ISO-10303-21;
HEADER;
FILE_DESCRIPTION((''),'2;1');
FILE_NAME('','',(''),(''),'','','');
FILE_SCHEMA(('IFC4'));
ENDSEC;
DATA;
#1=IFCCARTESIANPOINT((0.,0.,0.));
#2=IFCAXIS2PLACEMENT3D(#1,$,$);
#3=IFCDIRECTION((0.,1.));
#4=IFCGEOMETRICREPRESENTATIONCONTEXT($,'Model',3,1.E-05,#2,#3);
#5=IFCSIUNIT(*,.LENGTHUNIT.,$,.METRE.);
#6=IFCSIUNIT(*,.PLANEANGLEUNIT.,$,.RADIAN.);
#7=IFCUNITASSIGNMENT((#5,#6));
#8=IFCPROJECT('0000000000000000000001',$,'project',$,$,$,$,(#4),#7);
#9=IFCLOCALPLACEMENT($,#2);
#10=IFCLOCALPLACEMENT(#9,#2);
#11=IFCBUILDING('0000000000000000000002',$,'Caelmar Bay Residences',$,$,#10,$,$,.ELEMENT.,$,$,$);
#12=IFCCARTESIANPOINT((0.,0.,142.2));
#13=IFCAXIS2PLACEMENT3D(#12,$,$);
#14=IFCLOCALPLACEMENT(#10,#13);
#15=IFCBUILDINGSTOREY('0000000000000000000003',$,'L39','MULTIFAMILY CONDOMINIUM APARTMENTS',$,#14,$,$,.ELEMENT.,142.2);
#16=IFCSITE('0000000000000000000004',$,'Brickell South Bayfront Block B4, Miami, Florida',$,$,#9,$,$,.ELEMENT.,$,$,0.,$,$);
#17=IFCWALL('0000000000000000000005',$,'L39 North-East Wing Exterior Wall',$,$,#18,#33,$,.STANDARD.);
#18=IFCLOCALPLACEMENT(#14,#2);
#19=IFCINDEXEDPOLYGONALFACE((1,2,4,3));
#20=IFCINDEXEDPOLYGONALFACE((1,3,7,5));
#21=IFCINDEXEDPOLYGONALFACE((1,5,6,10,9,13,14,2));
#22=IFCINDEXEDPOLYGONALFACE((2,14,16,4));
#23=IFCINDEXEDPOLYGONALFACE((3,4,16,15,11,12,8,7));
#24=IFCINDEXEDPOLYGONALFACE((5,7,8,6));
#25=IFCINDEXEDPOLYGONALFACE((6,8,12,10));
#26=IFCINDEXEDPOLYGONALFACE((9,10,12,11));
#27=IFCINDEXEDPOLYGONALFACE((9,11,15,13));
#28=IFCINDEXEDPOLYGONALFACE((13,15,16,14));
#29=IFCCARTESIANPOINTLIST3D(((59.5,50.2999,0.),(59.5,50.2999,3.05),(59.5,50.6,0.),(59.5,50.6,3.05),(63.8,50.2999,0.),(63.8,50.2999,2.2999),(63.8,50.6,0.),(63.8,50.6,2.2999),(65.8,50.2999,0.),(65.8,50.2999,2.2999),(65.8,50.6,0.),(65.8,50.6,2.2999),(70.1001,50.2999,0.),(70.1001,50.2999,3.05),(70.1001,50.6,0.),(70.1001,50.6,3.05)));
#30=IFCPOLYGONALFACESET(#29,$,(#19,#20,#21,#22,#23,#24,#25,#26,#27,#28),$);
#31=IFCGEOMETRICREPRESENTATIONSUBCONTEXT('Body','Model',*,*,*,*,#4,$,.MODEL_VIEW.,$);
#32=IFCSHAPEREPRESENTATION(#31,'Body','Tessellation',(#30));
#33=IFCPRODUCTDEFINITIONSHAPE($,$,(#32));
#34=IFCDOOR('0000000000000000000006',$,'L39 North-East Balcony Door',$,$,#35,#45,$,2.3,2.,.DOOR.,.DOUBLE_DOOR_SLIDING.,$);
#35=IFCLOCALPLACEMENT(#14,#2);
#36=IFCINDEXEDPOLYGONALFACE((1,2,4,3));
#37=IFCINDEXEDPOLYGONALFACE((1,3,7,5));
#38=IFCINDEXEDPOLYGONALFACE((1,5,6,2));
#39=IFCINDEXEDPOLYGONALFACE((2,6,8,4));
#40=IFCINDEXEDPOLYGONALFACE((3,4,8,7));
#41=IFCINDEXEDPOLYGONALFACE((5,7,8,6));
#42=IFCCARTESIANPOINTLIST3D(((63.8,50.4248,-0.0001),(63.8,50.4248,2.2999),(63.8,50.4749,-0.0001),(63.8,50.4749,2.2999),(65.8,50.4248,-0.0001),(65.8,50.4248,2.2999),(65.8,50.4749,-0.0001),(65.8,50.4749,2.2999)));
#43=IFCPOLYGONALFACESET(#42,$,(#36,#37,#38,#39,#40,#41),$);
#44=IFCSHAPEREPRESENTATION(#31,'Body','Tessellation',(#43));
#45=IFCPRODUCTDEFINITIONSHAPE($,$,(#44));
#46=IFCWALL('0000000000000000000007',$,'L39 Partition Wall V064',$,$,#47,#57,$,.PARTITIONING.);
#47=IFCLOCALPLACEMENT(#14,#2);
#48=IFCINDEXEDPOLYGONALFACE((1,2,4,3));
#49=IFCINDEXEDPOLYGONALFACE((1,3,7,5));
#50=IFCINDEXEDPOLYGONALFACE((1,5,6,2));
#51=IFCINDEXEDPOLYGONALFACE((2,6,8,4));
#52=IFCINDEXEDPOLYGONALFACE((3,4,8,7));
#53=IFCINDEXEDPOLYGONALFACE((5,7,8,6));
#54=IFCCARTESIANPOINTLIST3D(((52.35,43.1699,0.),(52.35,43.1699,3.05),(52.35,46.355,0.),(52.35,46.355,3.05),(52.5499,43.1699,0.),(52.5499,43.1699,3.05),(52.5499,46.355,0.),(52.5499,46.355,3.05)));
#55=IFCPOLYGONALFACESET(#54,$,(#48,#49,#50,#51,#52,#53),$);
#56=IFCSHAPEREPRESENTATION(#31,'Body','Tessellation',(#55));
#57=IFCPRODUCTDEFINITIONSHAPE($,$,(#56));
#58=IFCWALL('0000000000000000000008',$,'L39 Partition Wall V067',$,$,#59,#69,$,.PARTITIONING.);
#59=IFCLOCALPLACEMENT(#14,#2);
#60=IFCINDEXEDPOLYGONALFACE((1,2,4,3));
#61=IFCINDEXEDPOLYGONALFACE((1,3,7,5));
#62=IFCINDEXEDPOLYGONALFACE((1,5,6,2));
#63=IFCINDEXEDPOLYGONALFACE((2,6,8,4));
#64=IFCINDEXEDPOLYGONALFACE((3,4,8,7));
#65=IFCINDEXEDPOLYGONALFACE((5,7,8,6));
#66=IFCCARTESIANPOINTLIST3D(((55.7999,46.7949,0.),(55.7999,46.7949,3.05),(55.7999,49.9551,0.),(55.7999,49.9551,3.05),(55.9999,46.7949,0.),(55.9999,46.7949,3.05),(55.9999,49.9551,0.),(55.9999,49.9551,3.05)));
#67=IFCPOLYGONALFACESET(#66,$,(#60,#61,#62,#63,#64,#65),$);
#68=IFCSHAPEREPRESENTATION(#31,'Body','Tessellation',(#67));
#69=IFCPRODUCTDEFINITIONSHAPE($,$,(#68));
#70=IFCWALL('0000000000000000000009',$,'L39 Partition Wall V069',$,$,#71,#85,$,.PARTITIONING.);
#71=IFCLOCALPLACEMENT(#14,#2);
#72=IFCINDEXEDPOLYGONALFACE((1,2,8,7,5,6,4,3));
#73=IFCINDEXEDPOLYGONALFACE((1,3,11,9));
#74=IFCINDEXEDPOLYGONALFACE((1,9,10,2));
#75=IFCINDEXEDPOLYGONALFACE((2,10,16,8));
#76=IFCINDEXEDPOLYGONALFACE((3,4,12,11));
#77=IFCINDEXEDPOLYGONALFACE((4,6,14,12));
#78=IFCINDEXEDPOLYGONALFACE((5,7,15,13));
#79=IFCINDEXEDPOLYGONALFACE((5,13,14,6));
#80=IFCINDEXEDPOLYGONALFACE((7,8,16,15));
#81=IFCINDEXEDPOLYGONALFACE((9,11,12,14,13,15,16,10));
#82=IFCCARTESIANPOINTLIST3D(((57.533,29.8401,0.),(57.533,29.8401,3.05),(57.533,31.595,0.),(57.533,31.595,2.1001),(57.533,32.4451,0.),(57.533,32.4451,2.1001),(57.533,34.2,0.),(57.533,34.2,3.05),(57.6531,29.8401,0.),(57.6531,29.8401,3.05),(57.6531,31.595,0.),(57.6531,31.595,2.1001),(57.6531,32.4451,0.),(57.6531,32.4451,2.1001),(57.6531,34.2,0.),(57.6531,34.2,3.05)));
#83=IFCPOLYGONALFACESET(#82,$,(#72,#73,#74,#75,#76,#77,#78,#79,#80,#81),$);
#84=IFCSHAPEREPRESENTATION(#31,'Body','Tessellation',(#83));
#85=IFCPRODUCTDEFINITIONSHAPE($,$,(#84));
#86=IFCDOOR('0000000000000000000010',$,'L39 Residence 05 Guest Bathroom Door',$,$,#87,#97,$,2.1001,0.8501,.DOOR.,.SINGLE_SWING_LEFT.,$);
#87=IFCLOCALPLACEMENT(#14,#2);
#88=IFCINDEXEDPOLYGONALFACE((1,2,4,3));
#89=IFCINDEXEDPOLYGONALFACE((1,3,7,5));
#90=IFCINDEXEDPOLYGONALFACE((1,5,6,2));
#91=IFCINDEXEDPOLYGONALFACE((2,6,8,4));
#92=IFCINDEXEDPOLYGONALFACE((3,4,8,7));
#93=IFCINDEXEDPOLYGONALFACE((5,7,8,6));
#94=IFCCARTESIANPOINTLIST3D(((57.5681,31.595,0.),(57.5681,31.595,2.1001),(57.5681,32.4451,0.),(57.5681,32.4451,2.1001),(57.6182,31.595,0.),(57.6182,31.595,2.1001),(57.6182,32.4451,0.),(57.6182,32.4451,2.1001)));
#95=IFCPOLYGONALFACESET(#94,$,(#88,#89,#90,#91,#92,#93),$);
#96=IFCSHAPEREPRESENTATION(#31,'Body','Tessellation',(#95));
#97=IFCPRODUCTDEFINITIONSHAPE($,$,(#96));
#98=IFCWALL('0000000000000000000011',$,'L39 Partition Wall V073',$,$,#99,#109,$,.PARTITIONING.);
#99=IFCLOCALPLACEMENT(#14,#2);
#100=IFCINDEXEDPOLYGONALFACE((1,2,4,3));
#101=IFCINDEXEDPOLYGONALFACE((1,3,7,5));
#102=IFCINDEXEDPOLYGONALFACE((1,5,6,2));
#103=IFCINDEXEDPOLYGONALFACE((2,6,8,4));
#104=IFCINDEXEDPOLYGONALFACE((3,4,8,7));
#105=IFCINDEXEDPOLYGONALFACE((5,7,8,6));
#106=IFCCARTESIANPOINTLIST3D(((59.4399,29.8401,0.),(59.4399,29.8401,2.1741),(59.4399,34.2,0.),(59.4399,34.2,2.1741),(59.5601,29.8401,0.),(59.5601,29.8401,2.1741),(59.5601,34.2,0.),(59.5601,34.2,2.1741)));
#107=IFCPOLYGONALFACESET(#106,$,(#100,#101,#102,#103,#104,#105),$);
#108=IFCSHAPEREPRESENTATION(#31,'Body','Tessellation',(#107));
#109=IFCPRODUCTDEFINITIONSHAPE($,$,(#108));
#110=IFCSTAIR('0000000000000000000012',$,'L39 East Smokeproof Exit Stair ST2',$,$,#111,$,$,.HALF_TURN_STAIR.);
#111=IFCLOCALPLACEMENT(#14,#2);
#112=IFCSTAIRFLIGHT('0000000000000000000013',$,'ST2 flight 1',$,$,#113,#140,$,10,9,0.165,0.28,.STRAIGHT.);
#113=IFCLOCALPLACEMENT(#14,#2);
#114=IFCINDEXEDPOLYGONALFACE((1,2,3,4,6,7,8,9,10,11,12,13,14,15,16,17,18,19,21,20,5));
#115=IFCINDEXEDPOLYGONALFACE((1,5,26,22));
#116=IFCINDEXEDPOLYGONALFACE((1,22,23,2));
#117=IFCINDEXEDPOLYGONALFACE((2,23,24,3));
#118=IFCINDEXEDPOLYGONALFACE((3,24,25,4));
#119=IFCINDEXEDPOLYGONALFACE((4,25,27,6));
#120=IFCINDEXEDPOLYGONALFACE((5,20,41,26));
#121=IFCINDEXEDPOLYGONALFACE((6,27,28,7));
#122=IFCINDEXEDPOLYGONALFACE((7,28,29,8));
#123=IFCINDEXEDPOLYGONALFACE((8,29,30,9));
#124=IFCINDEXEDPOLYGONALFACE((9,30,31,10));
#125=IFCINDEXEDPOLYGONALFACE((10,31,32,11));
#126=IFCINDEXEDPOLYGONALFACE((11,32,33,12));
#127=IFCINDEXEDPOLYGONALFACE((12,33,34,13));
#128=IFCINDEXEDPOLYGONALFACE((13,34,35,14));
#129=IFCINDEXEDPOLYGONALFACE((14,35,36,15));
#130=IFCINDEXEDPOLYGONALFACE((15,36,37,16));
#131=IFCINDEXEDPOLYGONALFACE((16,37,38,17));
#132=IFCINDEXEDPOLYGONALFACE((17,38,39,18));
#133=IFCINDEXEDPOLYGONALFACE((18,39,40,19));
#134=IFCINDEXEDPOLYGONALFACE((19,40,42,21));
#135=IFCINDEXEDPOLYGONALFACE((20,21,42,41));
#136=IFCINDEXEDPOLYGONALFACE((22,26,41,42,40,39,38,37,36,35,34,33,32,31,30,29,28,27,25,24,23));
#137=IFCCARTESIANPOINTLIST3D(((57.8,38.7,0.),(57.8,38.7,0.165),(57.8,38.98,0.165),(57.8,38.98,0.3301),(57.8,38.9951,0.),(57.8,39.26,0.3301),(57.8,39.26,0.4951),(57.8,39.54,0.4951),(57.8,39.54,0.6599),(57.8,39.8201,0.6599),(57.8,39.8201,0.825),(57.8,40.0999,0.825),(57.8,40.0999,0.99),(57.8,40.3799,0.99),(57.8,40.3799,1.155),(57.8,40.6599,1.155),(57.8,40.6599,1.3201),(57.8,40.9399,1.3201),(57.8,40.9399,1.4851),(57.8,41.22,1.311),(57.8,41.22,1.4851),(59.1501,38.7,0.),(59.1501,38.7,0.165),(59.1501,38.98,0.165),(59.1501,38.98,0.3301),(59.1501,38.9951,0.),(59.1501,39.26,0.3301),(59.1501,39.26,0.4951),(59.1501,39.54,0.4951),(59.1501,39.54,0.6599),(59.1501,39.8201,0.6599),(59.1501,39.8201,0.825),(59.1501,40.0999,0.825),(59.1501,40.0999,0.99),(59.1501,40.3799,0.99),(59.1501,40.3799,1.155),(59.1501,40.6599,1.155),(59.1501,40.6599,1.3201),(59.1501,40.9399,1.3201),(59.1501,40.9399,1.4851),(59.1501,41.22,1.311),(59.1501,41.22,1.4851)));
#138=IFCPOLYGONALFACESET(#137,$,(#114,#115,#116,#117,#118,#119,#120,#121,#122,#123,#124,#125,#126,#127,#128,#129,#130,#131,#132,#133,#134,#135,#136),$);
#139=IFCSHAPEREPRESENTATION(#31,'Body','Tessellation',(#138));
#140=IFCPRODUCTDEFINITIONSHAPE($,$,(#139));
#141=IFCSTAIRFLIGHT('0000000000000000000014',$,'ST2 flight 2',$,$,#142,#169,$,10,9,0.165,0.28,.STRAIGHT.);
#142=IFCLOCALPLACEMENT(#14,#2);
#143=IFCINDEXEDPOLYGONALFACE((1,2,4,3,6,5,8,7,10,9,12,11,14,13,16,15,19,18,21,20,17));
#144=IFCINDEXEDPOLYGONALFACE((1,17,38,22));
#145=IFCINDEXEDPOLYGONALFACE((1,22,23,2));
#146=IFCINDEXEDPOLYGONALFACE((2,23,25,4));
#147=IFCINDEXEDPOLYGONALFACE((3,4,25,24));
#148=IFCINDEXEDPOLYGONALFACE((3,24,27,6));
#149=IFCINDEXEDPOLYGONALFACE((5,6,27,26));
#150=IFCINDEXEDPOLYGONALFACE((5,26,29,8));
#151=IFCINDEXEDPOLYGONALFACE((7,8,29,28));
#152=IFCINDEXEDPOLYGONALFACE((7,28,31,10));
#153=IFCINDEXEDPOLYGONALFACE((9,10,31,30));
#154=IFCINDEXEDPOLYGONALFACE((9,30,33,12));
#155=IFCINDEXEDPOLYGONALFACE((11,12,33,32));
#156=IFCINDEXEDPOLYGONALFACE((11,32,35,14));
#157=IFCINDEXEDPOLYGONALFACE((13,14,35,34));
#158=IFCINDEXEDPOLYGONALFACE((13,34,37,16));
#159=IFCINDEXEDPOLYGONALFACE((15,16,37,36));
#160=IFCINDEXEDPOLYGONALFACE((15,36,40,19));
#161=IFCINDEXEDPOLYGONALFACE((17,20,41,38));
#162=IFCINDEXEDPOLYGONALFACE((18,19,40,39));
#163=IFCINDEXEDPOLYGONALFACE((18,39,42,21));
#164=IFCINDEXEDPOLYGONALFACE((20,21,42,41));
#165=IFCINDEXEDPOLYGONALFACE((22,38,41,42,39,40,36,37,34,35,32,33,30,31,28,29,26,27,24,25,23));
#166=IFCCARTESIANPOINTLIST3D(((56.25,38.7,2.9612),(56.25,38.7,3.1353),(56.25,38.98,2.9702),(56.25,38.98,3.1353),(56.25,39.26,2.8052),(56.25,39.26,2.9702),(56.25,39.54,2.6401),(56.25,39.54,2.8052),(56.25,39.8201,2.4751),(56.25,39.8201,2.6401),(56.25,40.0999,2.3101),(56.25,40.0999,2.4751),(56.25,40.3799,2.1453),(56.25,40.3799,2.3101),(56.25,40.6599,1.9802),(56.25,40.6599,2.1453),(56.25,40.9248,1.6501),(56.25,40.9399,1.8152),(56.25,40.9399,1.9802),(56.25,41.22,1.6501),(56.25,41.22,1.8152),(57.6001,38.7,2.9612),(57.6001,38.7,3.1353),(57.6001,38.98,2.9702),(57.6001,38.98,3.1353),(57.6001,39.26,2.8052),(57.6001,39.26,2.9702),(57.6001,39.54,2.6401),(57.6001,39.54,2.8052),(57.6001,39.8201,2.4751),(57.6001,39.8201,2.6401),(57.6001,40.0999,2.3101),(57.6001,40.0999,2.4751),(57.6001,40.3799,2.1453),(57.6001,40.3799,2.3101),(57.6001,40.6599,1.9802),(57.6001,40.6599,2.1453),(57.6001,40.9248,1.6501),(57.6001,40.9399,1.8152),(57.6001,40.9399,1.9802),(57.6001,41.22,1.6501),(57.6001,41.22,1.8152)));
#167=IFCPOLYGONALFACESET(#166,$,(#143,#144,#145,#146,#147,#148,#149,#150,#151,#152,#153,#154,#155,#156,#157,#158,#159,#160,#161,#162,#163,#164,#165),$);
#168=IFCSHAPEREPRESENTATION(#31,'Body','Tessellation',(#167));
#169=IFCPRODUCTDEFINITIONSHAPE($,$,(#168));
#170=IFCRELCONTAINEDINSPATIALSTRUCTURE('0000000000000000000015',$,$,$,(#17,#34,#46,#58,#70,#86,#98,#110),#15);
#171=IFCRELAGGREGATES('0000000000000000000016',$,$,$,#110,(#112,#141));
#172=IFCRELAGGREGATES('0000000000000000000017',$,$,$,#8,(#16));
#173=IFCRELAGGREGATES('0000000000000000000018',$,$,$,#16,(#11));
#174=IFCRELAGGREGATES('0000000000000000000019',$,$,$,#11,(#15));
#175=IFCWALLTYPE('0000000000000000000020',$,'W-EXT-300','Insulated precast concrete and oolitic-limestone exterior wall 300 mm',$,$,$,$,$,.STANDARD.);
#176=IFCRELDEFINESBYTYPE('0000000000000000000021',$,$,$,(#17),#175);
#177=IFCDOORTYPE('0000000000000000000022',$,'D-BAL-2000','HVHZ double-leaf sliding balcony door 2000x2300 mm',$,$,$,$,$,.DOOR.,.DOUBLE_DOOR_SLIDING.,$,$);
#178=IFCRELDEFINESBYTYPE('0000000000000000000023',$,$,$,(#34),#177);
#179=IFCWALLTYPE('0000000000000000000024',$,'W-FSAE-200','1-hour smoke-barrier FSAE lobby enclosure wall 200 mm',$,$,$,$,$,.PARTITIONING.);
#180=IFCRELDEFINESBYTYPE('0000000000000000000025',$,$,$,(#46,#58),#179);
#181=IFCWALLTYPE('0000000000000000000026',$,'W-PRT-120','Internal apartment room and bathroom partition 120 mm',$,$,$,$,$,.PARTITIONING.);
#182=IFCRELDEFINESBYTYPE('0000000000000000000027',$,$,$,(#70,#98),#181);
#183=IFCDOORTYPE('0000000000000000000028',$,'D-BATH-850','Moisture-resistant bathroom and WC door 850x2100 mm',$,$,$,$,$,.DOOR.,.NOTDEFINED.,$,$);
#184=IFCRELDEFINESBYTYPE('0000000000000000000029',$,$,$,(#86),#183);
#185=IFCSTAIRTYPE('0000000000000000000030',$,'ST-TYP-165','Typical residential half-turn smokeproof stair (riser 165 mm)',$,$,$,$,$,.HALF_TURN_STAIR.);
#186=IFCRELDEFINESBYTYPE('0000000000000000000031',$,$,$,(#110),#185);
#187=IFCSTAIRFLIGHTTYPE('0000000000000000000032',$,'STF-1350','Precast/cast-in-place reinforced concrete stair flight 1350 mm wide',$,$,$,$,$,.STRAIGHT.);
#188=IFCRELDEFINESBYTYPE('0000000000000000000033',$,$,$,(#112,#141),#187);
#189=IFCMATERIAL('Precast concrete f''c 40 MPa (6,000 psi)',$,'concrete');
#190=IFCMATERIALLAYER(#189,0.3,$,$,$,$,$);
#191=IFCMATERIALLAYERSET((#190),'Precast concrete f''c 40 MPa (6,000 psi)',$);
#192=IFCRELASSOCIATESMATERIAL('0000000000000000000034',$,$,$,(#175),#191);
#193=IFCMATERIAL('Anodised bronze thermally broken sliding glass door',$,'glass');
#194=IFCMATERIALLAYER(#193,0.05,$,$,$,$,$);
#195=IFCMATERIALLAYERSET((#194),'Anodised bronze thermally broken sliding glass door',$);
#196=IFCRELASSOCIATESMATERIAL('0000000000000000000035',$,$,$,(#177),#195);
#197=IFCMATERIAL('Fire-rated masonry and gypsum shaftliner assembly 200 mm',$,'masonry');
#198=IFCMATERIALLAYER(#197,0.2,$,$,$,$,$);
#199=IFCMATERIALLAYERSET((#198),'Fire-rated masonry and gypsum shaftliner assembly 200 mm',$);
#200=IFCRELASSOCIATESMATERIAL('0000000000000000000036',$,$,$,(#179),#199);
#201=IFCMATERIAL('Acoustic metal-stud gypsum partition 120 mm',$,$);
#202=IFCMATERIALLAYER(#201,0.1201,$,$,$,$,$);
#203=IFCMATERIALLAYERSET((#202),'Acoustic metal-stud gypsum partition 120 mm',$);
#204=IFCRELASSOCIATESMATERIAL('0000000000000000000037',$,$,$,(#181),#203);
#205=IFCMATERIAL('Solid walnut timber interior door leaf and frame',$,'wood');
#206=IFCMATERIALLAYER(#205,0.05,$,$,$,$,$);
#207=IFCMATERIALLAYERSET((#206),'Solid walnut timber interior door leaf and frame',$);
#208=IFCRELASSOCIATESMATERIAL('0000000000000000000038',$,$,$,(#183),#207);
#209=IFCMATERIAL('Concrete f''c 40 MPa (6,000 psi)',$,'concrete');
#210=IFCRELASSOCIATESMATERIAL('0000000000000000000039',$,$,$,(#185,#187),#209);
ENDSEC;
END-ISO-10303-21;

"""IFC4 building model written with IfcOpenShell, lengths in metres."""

from ifc_helpers import new_model, si_unit, direction, frame, frame_2d, origin, place, context, subcontext, project, spatial, polyline, rectangle, outline, extrude, material, layer, layer_set, type_object, element, fill, aggregate, save


model = new_model("IFC4")

# Units and contexts
model_context = context("Model", 3, precision=1e-05, world=origin(), true_north=direction((0.0, 1.0)))
body_context = subcontext(model_context, "Body", "Model", "MODEL_VIEW")
ifc_project = project(units=[si_unit("LENGTHUNIT", "METRE"), si_unit("PLANEANGLEUNIT", "RADIAN")], contexts=[model_context])

# Site, building, storey
site_placement = place(None, origin())
site = spatial("IfcSite", under=ifc_project, at=site_placement, Name="Brickell South Bayfront Block B4, Miami, Florida", CompositionType="ELEMENT", RefElevation=0.0)
building_placement = place(site_placement, origin())
building = spatial("IfcBuilding", under=site, at=building_placement, Name="Caelmar Bay Residences", CompositionType="ELEMENT")
storey_placement = place(building_placement, frame((0.0, 0.0, 142.2)))
storey = spatial("IfcBuildingStorey", under=building, at=storey_placement, Name="L39", Description="MULTIFAMILY CONDOMINIUM APARTMENTS", CompositionType="ELEMENT", Elevation=142.2)

# Wall, opening, door
ifc_material_1 = material(Name="Precast concrete f'c 40 MPa (6,000 psi)", Category="concrete")
ifc_layer_1 = layer(ifc_material_1, 0.3)
ifc_layer_set_1 = layer_set([ifc_layer_1], Name="Precast concrete f'c 40 MPa (6,000 psi)")
wall_type_1 = type_object("IfcWallType", Name="W-EXT-300", Description="Insulated precast concrete and oolitic-limestone exterior wall 300 mm", PredefinedType="STANDARD", material=ifc_layer_set_1)
wall_1_placement = place(storey_placement, frame((59.5, 50.45, 0.0), z_axis=(0.0, 0.0, 1.0), x_axis=(1.0, 0.0, 0.0)))
wall_1 = element("IfcWall", 1, at=wall_1_placement, inside=storey, type_object=wall_type_1, Name="L39 North-East Wing Exterior Wall", PredefinedType="STANDARD", context=body_context, shape_type="SweptSolid", body=[
    extrude(rectangle(XDim=10.6001, YDim=0.3, at=frame_2d((5.3, 0.0))), origin(), (0.0, 0.0, 1.0), 3.05),
])
opening_1_placement = place(wall_1_placement, frame((4.3, 0.0, 0.0)))
opening_1 = element("IfcOpeningElement", 2, at=opening_1_placement, cuts=wall_1, PredefinedType="OPENING", context=body_context, shape_type="SweptSolid", body=[
    extrude(rectangle(XDim=2.0, YDim=2.3, at=frame_2d((1.0, 1.1499))), frame((0.0, 0.1599, 0.0), z_axis=(0.0, -1.0, 0.0), x_axis=(1.0, 0.0, 0.0)), (0.0, 0.0, 1.0), 0.3201),
])
ifc_material_2 = material(Name="Anodised bronze thermally broken sliding glass door", Category="glass")
ifc_layer_2 = layer(ifc_material_2, 0.05)
ifc_layer_set_2 = layer_set([ifc_layer_2], Name="Anodised bronze thermally broken sliding glass door")
door_type_1 = type_object("IfcDoorType", Name="D-BAL-2000", Description="HVHZ double-leaf sliding balcony door 2000x2300 mm", OperationType="DOUBLE_DOOR_SLIDING", PredefinedType="DOOR", material=ifc_layer_set_2)
door_1_placement = place(opening_1_placement, origin())
door_1 = element("IfcDoor", 3, at=door_1_placement, inside=storey, type_object=door_type_1, Name="L39 North-East Balcony Door", OperationType="DOUBLE_DOOR_SLIDING", OverallHeight=2.3, OverallWidth=2.0, PredefinedType="DOOR", context=body_context, shape_type="SweptSolid", body=[
    extrude(rectangle(XDim=2.0, YDim=2.3, at=frame_2d((1.0, 1.1499))), frame((0.0, 0.0249, 0.0), z_axis=(0.0, -1.0, 0.0), x_axis=(1.0, 0.0, 0.0)), (0.0, 0.0, 1.0), 0.05),
])
fill(opening_1, door_1)

# Walls
ifc_material_3 = material(Name="Fire-rated masonry and gypsum shaftliner assembly 200 mm", Category="masonry")
ifc_layer_3 = layer(ifc_material_3, 0.2)
ifc_layer_set_3 = layer_set([ifc_layer_3], Name="Fire-rated masonry and gypsum shaftliner assembly 200 mm")
wall_type_2 = type_object("IfcWallType", Name="W-FSAE-200", Description="1-hour smoke-barrier FSAE lobby enclosure wall 200 mm", PredefinedType="PARTITIONING", material=ifc_layer_set_3)
wall_2_placement = place(storey_placement, frame((52.45, 43.1699, 0.0), z_axis=(0.0, 0.0, 1.0), x_axis=(0.0, 1.0, 0.0)))
element("IfcWall", 4, at=wall_2_placement, inside=storey, type_object=wall_type_2, Name="L39 Partition Wall V064", PredefinedType="PARTITIONING", context=body_context, shape_type="SweptSolid", body=[
    extrude(rectangle(XDim=3.1851, YDim=0.2, at=frame_2d((1.5925, 0.0))), origin(), (0.0, 0.0, 1.0), 3.05),
])
wall_3_placement = place(storey_placement, frame((55.8999, 46.7949, 0.0), z_axis=(0.0, 0.0, 1.0), x_axis=(0.0, 1.0, 0.0)))
element("IfcWall", 5, at=wall_3_placement, inside=storey, type_object=wall_type_2, Name="L39 Partition Wall V067", PredefinedType="PARTITIONING", context=body_context, shape_type="SweptSolid", body=[
    extrude(rectangle(XDim=3.1602, YDim=0.2, at=frame_2d((1.5801, 0.0))), origin(), (0.0, 0.0, 1.0), 3.05),
])

# Wall, opening, door
ifc_material_4 = material(Name="Acoustic metal-stud gypsum partition 120 mm")
ifc_layer_4 = layer(ifc_material_4, 0.1201)
ifc_layer_set_4 = layer_set([ifc_layer_4], Name="Acoustic metal-stud gypsum partition 120 mm")
wall_type_3 = type_object("IfcWallType", Name="W-PRT-120", Description="Internal apartment room and bathroom partition 120 mm", PredefinedType="PARTITIONING", material=ifc_layer_set_4)
wall_4_placement = place(storey_placement, frame((57.593, 29.8401, 0.0), z_axis=(0.0, 0.0, 1.0), x_axis=(0.0, 1.0, 0.0)))
wall_4 = element("IfcWall", 6, at=wall_4_placement, inside=storey, type_object=wall_type_3, Name="L39 Partition Wall V069", PredefinedType="PARTITIONING", context=body_context, shape_type="SweptSolid", body=[
    extrude(rectangle(XDim=4.3599, YDim=0.1201, at=frame_2d((2.1799, 0.0))), origin(), (0.0, 0.0, 1.0), 3.05),
])
opening_2_placement = place(wall_4_placement, frame((1.7549, 0.0, 0.0)))
opening_2 = element("IfcOpeningElement", 7, at=opening_2_placement, cuts=wall_4, PredefinedType="OPENING", context=body_context, shape_type="SweptSolid", body=[
    extrude(rectangle(XDim=0.8501, YDim=2.1001, at=frame_2d((0.425, 1.05))), frame((0.0, 0.0701, 0.0), z_axis=(0.0, -1.0, 0.0), x_axis=(1.0, 0.0, 0.0)), (0.0, 0.0, 1.0), 0.1401),
])
ifc_material_5 = material(Name="Solid walnut timber interior door leaf and frame", Category="wood")
ifc_layer_5 = layer(ifc_material_5, 0.05)
ifc_layer_set_5 = layer_set([ifc_layer_5], Name="Solid walnut timber interior door leaf and frame")
door_type_2 = type_object("IfcDoorType", Name="D-BATH-850", Description="Moisture-resistant bathroom and WC door 850x2100 mm", OperationType="NOTDEFINED", PredefinedType="DOOR", material=ifc_layer_set_5)
door_2_placement = place(opening_2_placement, origin())
door_2 = element("IfcDoor", 8, at=door_2_placement, inside=storey, type_object=door_type_2, Name="L39 Residence 05 Guest Bathroom Door", OperationType="SINGLE_SWING_LEFT", OverallHeight=2.1001, OverallWidth=0.8501, PredefinedType="DOOR", context=body_context, shape_type="SweptSolid", body=[
    extrude(rectangle(XDim=0.8501, YDim=2.1001, at=frame_2d((0.425, 1.05))), frame((0.0, 0.0249, 0.0), z_axis=(0.0, -1.0, 0.0), x_axis=(1.0, 0.0, 0.0)), (0.0, 0.0, 1.0), 0.05),
])
fill(opening_2, door_2)

# Wall
wall_5_placement = place(storey_placement, frame((59.5, 29.8401, 0.0), z_axis=(0.0, 0.0, 1.0), x_axis=(0.0, 1.0, 0.0)))
element("IfcWall", 9, at=wall_5_placement, inside=storey, type_object=wall_type_3, Name="L39 Partition Wall V073", PredefinedType="PARTITIONING", context=body_context, shape_type="SweptSolid", body=[
    extrude(rectangle(XDim=4.3599, YDim=0.1201, at=frame_2d((2.1799, 0.0))), origin(), (0.0, 0.0, 1.0), 2.1741),
])

# Stair, stair flights
ifc_material_6 = material(Name="Concrete f'c 40 MPa (6,000 psi)", Category="concrete")
stair_type = type_object("IfcStairType", Name="ST-TYP-165", Description="Typical residential half-turn smokeproof stair (riser 165 mm)", PredefinedType="HALF_TURN_STAIR", material=ifc_material_6)
stair_placement = place(storey_placement, origin())
stair = element("IfcStair", 10, at=stair_placement, inside=storey, type_object=stair_type, Name="L39 East Smokeproof Exit Stair ST2", PredefinedType="HALF_TURN_STAIR")
stair_flight_type = type_object("IfcStairFlightType", Name="STF-1350", Description="Precast/cast-in-place reinforced concrete stair flight 1350 mm wide", PredefinedType="STRAIGHT", material=ifc_material_6)
stair_flight_1_placement = place(storey_placement, frame((58.4751, 38.7, 0.0), z_axis=(0.0, 0.0, 1.0), x_axis=(0.0, 1.0, 0.0)))
stair_flight_1 = element("IfcStairFlight", 11, at=stair_flight_1_placement, type_object=stair_flight_type, Name="ST2 flight 1", NumberOfRisers=10, NumberOfTreads=9, PredefinedType="STRAIGHT", RiserHeight=0.165, TreadLength=0.28, context=body_context, shape_type="SweptSolid", body=[
    extrude(outline(polyline([(0.0, 0.0), (0.0, 0.165), (0.28, 0.165), (0.28, 0.3301), (0.5601, 0.3301), (0.5601, 0.4951), (0.8401, 0.4951), (0.8401, 0.6599), (1.1201, 0.6599), (1.1201, 0.825), (1.3999, 0.825), (1.3999, 0.99), (1.6799, 0.99), (1.6799, 1.155), (1.96, 1.155), (1.96, 1.3201), (2.24, 1.3201), (2.24, 1.4851), (2.52, 1.4851), (2.52, 1.6499), (2.52, 1.311), (0.2952, 0.0), (0.0, 0.0)])), frame((0.0, 0.675, 0.0), z_axis=(0.0, -1.0, 0.0), x_axis=(1.0, 0.0, 0.0)), (0.0, 0.0, 1.0), 1.3501),
])
stair_flight_2_placement = place(storey_placement, frame((56.925, 41.22, 1.6501), z_axis=(0.0, 0.0, 1.0), x_axis=(0.0, -1.0, 0.0)))
stair_flight_2 = element("IfcStairFlight", 12, at=stair_flight_2_placement, type_object=stair_flight_type, Name="ST2 flight 2", NumberOfRisers=10, NumberOfTreads=9, PredefinedType="STRAIGHT", RiserHeight=0.165, TreadLength=0.28, context=body_context, shape_type="SweptSolid", body=[
    extrude(outline(polyline([(0.0, 0.0), (0.0, 0.165), (0.28, 0.165), (0.28, 0.3301), (0.5601, 0.3301), (0.5601, 0.4951), (0.8401, 0.4951), (0.8401, 0.6599), (1.1201, 0.6599), (1.1201, 0.825), (1.3999, 0.825), (1.3999, 0.99), (1.6799, 0.99), (1.6799, 1.155), (1.96, 1.155), (1.96, 1.3201), (2.24, 1.3201), (2.24, 1.4851), (2.52, 1.4851), (2.52, 1.6499), (2.52, 1.311), (0.2952, 0.0), (0.0, 0.0)])), frame((0.0, 0.675, 0.0), z_axis=(0.0, -1.0, 0.0), x_axis=(1.0, 0.0, 0.0)), (0.0, 0.0, 1.0), 1.3501),
])
aggregate(stair, [stair_flight_1, stair_flight_2])

save(model, "model.ifc")
